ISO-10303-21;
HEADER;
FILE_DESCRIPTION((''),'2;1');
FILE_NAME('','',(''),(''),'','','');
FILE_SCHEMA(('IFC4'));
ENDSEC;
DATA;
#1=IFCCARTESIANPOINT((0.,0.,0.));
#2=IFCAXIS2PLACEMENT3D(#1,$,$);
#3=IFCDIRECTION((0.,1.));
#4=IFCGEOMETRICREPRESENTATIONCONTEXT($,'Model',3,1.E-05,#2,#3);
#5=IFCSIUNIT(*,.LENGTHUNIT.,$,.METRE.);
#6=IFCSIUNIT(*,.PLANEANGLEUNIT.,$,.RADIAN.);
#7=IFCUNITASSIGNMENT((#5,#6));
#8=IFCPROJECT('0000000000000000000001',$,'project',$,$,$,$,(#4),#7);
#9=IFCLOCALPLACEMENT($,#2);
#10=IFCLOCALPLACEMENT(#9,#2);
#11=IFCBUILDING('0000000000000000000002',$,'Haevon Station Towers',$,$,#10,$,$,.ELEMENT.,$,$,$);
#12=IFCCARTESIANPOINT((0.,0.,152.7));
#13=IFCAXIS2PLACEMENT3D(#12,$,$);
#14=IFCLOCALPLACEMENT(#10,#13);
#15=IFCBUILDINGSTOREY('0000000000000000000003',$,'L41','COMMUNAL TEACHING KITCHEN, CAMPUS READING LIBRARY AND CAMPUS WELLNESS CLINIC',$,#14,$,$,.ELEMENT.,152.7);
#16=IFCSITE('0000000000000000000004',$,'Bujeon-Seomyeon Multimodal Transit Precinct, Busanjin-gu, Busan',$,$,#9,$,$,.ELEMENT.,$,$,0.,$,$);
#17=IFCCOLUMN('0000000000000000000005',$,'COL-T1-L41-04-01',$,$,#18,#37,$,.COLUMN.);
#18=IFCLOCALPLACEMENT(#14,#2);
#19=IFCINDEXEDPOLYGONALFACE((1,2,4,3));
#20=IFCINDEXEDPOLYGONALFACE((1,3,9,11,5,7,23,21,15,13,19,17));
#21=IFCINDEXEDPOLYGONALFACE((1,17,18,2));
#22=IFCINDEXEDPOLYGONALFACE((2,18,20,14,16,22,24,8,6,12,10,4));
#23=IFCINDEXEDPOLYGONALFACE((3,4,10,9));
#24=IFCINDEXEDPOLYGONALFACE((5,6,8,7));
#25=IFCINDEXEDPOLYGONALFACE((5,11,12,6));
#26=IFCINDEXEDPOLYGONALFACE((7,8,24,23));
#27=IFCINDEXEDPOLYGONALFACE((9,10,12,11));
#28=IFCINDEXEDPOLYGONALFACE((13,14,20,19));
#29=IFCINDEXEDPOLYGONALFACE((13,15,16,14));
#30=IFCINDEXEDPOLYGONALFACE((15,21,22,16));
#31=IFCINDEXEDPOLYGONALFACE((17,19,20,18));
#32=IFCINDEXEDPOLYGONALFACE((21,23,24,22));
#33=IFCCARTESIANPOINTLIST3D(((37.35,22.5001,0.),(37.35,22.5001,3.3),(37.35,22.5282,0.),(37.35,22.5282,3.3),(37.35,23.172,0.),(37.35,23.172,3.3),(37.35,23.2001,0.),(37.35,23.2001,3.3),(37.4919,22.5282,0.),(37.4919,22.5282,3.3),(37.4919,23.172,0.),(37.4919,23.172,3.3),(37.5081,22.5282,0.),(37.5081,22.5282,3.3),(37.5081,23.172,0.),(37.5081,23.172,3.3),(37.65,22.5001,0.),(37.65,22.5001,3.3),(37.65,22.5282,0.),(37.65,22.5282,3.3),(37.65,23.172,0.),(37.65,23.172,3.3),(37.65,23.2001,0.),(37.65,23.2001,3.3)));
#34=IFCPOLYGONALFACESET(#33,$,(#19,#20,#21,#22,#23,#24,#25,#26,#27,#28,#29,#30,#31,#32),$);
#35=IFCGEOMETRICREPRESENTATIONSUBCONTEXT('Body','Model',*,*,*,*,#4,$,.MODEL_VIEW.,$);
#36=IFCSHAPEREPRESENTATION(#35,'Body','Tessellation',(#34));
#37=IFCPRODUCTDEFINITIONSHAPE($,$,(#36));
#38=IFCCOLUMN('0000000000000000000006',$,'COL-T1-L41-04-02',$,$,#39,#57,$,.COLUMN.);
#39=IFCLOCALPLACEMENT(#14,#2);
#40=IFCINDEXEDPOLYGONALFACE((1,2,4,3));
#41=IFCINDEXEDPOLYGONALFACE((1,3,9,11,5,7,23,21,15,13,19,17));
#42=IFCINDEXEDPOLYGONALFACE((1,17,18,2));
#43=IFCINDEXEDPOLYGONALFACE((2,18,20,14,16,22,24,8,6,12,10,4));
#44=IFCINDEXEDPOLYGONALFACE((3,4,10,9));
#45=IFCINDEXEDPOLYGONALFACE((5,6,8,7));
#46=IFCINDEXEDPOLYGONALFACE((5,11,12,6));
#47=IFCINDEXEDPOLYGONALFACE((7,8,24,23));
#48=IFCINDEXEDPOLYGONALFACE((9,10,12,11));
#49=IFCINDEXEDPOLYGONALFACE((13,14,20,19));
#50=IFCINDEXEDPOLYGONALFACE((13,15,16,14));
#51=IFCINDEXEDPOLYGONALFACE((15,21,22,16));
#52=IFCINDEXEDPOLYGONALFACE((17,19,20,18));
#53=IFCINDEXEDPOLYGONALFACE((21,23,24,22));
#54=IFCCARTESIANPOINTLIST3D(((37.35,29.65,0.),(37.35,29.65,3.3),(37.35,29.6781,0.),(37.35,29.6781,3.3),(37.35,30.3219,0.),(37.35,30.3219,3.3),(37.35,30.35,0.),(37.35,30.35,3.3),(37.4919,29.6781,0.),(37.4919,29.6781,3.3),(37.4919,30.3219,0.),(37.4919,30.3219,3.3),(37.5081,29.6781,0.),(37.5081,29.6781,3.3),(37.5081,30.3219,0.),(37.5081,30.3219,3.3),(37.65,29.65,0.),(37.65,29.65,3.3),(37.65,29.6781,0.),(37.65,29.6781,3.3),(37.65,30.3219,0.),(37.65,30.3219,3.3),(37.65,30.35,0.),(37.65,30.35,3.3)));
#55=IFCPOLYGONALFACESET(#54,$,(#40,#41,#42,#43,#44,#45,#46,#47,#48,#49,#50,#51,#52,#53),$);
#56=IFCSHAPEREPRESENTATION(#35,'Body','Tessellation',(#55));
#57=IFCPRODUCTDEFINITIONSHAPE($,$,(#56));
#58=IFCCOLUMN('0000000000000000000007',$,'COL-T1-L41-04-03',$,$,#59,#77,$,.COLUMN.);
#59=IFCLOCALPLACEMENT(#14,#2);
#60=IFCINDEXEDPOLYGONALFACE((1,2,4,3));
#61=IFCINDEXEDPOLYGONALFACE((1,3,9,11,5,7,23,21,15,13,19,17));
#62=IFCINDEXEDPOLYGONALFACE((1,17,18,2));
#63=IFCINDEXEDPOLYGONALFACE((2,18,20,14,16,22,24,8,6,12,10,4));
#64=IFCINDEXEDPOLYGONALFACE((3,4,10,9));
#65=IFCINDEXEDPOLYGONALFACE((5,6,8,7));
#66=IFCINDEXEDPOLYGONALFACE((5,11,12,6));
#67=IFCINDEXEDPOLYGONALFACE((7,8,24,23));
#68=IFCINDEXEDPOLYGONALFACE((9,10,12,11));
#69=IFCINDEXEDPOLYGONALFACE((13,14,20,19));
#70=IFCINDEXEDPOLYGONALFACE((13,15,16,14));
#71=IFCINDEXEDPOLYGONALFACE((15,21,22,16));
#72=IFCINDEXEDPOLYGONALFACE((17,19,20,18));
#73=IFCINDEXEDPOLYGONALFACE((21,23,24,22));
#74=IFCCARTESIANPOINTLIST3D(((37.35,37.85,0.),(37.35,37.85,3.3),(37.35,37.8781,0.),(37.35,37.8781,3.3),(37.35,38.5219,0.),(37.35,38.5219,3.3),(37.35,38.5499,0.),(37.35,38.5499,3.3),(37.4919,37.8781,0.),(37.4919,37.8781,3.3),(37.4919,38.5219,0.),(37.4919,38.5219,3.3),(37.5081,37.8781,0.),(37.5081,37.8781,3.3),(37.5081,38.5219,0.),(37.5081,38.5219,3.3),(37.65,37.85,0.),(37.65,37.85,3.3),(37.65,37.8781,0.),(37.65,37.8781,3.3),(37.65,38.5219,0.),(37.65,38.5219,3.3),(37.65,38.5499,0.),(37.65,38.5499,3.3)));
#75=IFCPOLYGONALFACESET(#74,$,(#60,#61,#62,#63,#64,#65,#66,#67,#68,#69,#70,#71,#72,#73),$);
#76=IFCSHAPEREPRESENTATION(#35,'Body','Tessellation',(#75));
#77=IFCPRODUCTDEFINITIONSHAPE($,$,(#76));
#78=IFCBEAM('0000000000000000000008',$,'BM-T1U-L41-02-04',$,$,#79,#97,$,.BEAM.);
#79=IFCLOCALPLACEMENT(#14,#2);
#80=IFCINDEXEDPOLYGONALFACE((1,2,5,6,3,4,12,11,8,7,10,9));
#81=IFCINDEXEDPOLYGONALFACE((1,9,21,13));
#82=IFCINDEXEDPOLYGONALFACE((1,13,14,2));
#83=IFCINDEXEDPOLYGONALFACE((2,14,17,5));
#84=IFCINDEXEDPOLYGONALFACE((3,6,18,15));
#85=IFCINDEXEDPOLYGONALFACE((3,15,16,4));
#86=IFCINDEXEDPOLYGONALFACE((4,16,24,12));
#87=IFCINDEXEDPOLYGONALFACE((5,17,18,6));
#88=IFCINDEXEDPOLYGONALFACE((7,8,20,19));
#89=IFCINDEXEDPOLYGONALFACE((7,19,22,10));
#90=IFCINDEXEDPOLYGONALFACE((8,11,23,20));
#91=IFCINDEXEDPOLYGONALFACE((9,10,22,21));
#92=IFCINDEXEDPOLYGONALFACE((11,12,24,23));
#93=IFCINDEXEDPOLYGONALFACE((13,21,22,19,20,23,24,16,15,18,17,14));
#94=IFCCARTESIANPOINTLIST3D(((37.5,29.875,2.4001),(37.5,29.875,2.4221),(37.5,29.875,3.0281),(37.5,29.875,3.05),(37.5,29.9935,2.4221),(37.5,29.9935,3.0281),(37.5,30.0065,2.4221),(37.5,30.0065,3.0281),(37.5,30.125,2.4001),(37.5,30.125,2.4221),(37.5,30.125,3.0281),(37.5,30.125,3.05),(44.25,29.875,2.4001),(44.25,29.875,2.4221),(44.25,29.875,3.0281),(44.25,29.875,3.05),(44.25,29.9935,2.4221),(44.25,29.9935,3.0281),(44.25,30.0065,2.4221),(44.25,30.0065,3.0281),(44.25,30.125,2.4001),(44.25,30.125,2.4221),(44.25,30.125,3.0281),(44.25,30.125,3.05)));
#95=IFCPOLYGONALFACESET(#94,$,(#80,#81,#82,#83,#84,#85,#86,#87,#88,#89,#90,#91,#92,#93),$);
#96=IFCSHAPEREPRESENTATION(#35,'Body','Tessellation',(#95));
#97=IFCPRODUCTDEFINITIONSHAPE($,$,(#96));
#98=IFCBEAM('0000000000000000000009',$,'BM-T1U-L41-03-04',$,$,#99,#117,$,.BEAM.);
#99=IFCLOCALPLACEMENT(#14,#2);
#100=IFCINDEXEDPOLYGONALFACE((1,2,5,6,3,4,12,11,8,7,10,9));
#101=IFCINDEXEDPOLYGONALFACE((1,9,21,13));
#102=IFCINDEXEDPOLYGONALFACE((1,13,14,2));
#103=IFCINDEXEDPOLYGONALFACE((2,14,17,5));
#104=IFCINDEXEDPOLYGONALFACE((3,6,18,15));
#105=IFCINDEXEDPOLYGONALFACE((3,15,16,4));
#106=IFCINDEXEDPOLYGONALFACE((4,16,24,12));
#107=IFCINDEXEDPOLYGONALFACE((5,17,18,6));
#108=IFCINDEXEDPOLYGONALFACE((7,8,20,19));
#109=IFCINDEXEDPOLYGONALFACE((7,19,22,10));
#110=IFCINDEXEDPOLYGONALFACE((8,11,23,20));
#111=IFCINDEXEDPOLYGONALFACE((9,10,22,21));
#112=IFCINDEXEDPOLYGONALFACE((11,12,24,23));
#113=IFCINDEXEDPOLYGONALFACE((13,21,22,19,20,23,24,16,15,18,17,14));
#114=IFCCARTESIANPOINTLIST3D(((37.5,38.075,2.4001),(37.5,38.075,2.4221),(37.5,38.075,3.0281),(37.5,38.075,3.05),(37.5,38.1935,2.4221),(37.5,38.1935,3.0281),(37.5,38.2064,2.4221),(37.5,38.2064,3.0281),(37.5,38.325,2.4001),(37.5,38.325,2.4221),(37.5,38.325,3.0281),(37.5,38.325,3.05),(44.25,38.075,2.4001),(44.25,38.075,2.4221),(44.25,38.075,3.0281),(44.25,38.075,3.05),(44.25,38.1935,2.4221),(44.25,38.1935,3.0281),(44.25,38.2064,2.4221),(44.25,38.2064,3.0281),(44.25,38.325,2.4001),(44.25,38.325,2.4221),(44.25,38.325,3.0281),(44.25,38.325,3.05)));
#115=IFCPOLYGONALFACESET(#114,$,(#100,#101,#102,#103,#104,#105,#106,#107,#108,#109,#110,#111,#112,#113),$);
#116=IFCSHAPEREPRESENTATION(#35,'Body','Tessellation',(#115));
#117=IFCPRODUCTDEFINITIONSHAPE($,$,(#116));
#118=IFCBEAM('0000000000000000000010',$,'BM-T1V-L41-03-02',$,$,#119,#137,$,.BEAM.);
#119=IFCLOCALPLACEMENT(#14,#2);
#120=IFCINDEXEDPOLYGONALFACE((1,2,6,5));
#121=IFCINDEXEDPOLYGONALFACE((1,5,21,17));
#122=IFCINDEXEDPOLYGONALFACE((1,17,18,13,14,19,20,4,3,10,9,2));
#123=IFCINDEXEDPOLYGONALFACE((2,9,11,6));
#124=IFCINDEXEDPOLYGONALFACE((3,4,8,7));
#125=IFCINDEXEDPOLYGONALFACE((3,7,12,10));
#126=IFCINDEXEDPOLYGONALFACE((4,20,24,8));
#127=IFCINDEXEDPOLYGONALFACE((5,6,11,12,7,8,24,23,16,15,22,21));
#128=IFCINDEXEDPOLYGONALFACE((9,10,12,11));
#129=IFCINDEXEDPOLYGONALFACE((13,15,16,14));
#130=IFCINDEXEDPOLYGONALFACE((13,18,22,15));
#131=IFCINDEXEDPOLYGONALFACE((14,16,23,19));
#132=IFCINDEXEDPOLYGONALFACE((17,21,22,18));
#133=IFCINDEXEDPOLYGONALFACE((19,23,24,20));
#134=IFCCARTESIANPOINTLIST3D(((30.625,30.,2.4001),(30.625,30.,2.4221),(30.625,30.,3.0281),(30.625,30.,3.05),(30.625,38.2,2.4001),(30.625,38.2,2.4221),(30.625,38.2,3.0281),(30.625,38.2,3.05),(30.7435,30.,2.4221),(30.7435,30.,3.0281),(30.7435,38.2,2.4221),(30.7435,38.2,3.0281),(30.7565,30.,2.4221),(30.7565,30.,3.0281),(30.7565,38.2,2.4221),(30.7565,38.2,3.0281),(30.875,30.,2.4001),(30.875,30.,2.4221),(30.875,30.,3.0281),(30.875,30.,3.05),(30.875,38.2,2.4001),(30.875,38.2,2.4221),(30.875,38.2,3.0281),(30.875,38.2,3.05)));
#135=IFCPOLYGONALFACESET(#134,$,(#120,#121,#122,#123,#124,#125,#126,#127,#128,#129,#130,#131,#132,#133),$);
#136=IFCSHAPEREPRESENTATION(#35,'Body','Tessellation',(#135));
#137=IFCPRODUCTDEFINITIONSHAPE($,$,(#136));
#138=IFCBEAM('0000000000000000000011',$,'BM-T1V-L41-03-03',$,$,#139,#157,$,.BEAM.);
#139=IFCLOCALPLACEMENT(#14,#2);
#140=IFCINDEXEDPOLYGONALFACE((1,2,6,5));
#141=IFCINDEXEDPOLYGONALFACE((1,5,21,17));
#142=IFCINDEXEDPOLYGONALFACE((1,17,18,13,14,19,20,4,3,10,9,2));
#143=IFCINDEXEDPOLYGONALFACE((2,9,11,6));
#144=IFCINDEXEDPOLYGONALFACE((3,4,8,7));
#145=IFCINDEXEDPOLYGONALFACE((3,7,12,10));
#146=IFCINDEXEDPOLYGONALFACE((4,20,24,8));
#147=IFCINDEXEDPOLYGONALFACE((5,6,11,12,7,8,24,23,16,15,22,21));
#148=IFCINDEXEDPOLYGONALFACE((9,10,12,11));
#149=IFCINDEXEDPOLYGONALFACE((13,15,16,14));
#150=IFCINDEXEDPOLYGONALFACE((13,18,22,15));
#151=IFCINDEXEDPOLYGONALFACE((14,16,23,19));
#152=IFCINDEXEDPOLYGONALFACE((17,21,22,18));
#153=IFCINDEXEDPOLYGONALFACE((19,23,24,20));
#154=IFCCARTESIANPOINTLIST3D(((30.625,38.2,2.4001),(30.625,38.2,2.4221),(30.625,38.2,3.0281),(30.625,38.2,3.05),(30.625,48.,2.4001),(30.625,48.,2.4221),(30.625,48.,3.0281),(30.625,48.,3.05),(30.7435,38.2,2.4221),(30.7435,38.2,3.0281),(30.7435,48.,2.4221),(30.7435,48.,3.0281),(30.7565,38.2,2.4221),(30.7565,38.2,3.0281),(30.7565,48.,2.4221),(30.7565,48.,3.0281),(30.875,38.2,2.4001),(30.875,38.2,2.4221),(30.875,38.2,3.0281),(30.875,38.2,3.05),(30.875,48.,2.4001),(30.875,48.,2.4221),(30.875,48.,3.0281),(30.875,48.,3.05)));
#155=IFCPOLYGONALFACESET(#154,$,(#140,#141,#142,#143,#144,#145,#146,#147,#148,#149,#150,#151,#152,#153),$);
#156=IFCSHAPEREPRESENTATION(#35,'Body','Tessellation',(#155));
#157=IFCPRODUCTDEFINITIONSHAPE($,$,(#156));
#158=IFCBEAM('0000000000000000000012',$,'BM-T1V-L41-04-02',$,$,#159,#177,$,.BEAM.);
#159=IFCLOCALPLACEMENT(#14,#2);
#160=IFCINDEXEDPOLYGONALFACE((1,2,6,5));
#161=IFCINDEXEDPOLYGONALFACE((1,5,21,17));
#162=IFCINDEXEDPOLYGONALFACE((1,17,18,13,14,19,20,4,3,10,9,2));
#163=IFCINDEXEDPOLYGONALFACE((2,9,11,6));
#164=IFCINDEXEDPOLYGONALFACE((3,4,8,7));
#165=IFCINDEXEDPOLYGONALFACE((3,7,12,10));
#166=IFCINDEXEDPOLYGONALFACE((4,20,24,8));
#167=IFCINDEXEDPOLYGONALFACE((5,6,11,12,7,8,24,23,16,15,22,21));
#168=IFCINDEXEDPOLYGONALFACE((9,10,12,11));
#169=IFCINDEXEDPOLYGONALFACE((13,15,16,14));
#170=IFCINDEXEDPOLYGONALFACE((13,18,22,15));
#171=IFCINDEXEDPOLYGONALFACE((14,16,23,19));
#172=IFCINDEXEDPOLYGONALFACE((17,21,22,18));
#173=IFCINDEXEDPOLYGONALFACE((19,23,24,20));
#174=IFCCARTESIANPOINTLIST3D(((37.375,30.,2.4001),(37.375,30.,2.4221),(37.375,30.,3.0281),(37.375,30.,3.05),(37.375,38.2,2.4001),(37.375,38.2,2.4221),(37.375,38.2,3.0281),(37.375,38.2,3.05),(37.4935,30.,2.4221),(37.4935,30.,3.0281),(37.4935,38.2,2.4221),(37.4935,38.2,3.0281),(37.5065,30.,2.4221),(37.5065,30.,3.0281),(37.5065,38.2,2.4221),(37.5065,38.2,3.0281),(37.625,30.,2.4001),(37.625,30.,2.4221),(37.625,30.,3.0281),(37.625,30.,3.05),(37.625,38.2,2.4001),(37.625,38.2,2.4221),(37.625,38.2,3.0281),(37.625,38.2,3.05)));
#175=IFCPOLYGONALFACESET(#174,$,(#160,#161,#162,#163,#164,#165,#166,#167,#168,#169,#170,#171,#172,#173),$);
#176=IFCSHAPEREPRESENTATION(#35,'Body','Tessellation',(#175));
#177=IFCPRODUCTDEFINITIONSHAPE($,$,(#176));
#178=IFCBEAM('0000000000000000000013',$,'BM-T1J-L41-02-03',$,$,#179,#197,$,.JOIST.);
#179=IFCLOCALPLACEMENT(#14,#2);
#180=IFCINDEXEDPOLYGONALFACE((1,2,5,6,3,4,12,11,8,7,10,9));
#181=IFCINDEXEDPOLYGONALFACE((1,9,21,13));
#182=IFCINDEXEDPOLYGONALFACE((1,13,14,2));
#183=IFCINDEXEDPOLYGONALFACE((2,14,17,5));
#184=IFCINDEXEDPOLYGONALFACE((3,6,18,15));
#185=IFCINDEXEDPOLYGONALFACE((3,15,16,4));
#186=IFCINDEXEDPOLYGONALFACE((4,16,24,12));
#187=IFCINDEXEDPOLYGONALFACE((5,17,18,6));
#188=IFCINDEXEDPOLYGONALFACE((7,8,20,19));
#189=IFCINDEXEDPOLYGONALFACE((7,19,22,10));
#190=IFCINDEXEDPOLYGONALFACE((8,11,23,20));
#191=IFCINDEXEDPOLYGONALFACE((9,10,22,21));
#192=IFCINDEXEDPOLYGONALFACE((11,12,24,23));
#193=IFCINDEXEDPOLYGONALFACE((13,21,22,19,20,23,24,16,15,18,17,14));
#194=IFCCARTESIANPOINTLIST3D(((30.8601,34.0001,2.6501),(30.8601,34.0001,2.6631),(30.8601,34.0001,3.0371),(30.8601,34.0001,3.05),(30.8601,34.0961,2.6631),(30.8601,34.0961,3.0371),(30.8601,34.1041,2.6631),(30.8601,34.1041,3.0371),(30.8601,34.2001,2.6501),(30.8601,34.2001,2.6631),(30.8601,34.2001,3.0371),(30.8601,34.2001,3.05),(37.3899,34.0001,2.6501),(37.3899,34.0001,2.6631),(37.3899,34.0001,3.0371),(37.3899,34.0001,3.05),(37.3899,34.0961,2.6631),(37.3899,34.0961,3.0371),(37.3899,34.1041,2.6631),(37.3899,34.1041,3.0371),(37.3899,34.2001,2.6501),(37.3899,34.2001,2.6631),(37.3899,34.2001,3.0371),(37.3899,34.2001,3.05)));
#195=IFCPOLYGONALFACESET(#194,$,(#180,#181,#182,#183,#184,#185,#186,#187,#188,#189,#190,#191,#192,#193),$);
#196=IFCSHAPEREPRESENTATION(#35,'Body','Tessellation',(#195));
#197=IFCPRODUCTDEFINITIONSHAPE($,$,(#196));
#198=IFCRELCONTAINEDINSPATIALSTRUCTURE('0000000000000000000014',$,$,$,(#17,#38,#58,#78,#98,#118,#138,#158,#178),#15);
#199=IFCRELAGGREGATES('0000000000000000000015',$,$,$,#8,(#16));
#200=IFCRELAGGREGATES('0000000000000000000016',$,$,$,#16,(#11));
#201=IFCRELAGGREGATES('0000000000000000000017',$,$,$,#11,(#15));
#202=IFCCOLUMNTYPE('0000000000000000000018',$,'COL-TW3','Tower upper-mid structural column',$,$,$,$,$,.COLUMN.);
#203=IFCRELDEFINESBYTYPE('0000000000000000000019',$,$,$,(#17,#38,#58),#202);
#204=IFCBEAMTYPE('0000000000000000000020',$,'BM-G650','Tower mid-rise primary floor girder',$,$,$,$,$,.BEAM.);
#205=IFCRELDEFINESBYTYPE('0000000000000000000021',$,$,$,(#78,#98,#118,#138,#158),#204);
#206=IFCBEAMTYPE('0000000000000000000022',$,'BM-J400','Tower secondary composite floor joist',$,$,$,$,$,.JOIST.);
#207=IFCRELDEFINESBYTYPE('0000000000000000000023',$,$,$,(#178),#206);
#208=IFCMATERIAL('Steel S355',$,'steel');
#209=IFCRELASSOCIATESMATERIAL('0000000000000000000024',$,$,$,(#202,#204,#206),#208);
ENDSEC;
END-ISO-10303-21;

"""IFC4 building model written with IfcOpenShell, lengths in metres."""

from ifc_helpers import new_model, si_unit, direction, frame, origin, origin_2d, place, context, subcontext, project, spatial, i_section, extrude, material, material_profile, profile_set, type_object, element, save


model = new_model("IFC4")

# Units and contexts
model_context = context("Model", 3, precision=1e-05, world=origin(), true_north=direction((0.0, 1.0)))
body_context = subcontext(model_context, "Body", "Model", "MODEL_VIEW")
ifc_project = project(units=[si_unit("LENGTHUNIT", "METRE"), si_unit("PLANEANGLEUNIT", "RADIAN")], contexts=[model_context])

# Site, building, storey
site_placement = place(None, origin())
site = spatial("IfcSite", under=ifc_project, at=site_placement, Name="Bujeon-Seomyeon Multimodal Transit Precinct, Busanjin-gu, Busan", CompositionType="ELEMENT", RefElevation=0.0)
building_placement = place(site_placement, origin())
building = spatial("IfcBuilding", under=site, at=building_placement, Name="Haevon Station Towers", CompositionType="ELEMENT")
storey_placement = place(building_placement, frame((0.0, 0.0, 152.7)))
storey = spatial("IfcBuildingStorey", under=building, at=storey_placement, Name="L41", Description="COMMUNAL TEACHING KITCHEN, CAMPUS READING LIBRARY AND CAMPUS WELLNESS CLINIC", CompositionType="ELEMENT", Elevation=152.7)

# Columns
ifc_material_1 = material(Name="Steel S355", Category="steel")
ifc_material_profile_1 = material_profile(ifc_material_1, i_section(OverallWidth=0.3, OverallDepth=0.7, WebThickness=0.0161, FlangeThickness=0.0281, at=origin_2d()), Name="H-700x300x16x28")
ifc_profile_set_1 = profile_set([ifc_material_profile_1], Name="Steel S355")
column_type = type_object("IfcColumnType", Name="COL-TW3", Description="Tower upper-mid structural column", PredefinedType="COLUMN", material=ifc_profile_set_1)
for number, where, z_axis, x_axis, name in (
    (1, (37.5, 22.8501, 0.0), (0.0, 0.0, 1.0), (1.0, 0.0, 0.0), "COL-T1-L41-04-01"),
    (2, (37.5, 30.0, 0.0), (0.0, 0.0, 1.0), (1.0, 0.0, 0.0), "COL-T1-L41-04-02"),
    (3, (37.5, 38.2, 0.0), (0.0, 0.0, 1.0), (1.0, 0.0, 0.0), "COL-T1-L41-04-03"),
):
    element("IfcColumn", number, at=place(storey_placement, frame(where, z_axis=z_axis, x_axis=x_axis)), inside=storey, type_object=column_type, Name=name, PredefinedType="COLUMN", context=body_context, shape_type="SweptSolid", body=[
        extrude(i_section(OverallWidth=0.3, OverallDepth=0.7, WebThickness=0.0161, FlangeThickness=0.0281, at=origin_2d()), origin(), (0.0, 0.0, 1.0), 3.3),
    ])

# Beams
ifc_material_profile_2 = material_profile(ifc_material_1, i_section(OverallWidth=0.25, OverallDepth=0.6499, WebThickness=0.0129, FlangeThickness=0.022, at=origin_2d()), Name="H-650x250x13x22")
ifc_profile_set_2 = profile_set([ifc_material_profile_2], Name="Steel S355")
beam_type_1 = type_object("IfcBeamType", Name="BM-G650", Description="Tower mid-rise primary floor girder", PredefinedType="BEAM", material=ifc_profile_set_2)
for number, where, z_axis, x_axis, name in (
    (4, (37.5, 30.0, 2.7251), (1.0, 0.0, 0.0), (0.0, 1.0, 0.0), "BM-T1U-L41-02-04"),
    (5, (37.5, 38.2, 2.7251), (1.0, 0.0, 0.0), (0.0, 1.0, 0.0), "BM-T1U-L41-03-04"),
):
    element("IfcBeam", number, at=place(storey_placement, frame(where, z_axis=z_axis, x_axis=x_axis)), inside=storey, type_object=beam_type_1, Name=name, PredefinedType="BEAM", context=body_context, shape_type="SweptSolid", body=[
        extrude(i_section(OverallWidth=0.25, OverallDepth=0.6499, WebThickness=0.0129, FlangeThickness=0.022, at=origin_2d()), origin(), (0.0, 0.0, 1.0), 6.75),
    ])
beam_1_placement = place(storey_placement, frame((30.75, 30.0, 2.7251), z_axis=(0.0, 1.0, 0.0), x_axis=(-1.0, 0.0, 0.0)))
element("IfcBeam", 6, at=beam_1_placement, inside=storey, type_object=beam_type_1, Name="BM-T1V-L41-03-02", PredefinedType="BEAM", context=body_context, shape_type="SweptSolid", body=[
    extrude(i_section(OverallWidth=0.25, OverallDepth=0.6499, WebThickness=0.0129, FlangeThickness=0.022, at=origin_2d()), origin(), (0.0, 0.0, 1.0), 8.2),
])
beam_2_placement = place(storey_placement, frame((30.75, 38.2, 2.7251), z_axis=(0.0, 1.0, 0.0), x_axis=(-1.0, 0.0, 0.0)))
element("IfcBeam", 7, at=beam_2_placement, inside=storey, type_object=beam_type_1, Name="BM-T1V-L41-03-03", PredefinedType="BEAM", context=body_context, shape_type="SweptSolid", body=[
    extrude(i_section(OverallWidth=0.25, OverallDepth=0.6499, WebThickness=0.0129, FlangeThickness=0.022, at=origin_2d()), origin(), (0.0, 0.0, 1.0), 9.8),
])
beam_3_placement = place(storey_placement, frame((37.5, 30.0, 2.7251), z_axis=(0.0, 1.0, 0.0), x_axis=(-1.0, 0.0, 0.0)))
element("IfcBeam", 8, at=beam_3_placement, inside=storey, type_object=beam_type_1, Name="BM-T1V-L41-04-02", PredefinedType="BEAM", context=body_context, shape_type="SweptSolid", body=[
    extrude(i_section(OverallWidth=0.25, OverallDepth=0.6499, WebThickness=0.0129, FlangeThickness=0.022, at=origin_2d()), origin(), (0.0, 0.0, 1.0), 8.2),
])
ifc_material_profile_3 = material_profile(ifc_material_1, i_section(OverallWidth=0.2, OverallDepth=0.3999, WebThickness=0.0081, FlangeThickness=0.0129, at=origin_2d()), Name="H-400x200x8x13")
ifc_profile_set_3 = profile_set([ifc_material_profile_3], Name="Steel S355")
beam_type_2 = type_object("IfcBeamType", Name="BM-J400", Description="Tower secondary composite floor joist", PredefinedType="JOIST", material=ifc_profile_set_3)
for number, where, z_axis, x_axis, name in (
    (9, (30.8601, 34.1001, 2.8501), (1.0, 0.0, 0.0), (0.0, 1.0, 0.0), "BM-T1J-L41-02-03"),
):
    element("IfcBeam", number, at=place(storey_placement, frame(where, z_axis=z_axis, x_axis=x_axis)), inside=storey, type_object=beam_type_2, Name=name, PredefinedType="JOIST", context=body_context, shape_type="SweptSolid", body=[
        extrude(i_section(OverallWidth=0.2, OverallDepth=0.3999, WebThickness=0.0081, FlangeThickness=0.0129, at=origin_2d()), origin(), (0.0, 0.0, 1.0), 6.5298),
    ])

save(model, "model.ifc")
